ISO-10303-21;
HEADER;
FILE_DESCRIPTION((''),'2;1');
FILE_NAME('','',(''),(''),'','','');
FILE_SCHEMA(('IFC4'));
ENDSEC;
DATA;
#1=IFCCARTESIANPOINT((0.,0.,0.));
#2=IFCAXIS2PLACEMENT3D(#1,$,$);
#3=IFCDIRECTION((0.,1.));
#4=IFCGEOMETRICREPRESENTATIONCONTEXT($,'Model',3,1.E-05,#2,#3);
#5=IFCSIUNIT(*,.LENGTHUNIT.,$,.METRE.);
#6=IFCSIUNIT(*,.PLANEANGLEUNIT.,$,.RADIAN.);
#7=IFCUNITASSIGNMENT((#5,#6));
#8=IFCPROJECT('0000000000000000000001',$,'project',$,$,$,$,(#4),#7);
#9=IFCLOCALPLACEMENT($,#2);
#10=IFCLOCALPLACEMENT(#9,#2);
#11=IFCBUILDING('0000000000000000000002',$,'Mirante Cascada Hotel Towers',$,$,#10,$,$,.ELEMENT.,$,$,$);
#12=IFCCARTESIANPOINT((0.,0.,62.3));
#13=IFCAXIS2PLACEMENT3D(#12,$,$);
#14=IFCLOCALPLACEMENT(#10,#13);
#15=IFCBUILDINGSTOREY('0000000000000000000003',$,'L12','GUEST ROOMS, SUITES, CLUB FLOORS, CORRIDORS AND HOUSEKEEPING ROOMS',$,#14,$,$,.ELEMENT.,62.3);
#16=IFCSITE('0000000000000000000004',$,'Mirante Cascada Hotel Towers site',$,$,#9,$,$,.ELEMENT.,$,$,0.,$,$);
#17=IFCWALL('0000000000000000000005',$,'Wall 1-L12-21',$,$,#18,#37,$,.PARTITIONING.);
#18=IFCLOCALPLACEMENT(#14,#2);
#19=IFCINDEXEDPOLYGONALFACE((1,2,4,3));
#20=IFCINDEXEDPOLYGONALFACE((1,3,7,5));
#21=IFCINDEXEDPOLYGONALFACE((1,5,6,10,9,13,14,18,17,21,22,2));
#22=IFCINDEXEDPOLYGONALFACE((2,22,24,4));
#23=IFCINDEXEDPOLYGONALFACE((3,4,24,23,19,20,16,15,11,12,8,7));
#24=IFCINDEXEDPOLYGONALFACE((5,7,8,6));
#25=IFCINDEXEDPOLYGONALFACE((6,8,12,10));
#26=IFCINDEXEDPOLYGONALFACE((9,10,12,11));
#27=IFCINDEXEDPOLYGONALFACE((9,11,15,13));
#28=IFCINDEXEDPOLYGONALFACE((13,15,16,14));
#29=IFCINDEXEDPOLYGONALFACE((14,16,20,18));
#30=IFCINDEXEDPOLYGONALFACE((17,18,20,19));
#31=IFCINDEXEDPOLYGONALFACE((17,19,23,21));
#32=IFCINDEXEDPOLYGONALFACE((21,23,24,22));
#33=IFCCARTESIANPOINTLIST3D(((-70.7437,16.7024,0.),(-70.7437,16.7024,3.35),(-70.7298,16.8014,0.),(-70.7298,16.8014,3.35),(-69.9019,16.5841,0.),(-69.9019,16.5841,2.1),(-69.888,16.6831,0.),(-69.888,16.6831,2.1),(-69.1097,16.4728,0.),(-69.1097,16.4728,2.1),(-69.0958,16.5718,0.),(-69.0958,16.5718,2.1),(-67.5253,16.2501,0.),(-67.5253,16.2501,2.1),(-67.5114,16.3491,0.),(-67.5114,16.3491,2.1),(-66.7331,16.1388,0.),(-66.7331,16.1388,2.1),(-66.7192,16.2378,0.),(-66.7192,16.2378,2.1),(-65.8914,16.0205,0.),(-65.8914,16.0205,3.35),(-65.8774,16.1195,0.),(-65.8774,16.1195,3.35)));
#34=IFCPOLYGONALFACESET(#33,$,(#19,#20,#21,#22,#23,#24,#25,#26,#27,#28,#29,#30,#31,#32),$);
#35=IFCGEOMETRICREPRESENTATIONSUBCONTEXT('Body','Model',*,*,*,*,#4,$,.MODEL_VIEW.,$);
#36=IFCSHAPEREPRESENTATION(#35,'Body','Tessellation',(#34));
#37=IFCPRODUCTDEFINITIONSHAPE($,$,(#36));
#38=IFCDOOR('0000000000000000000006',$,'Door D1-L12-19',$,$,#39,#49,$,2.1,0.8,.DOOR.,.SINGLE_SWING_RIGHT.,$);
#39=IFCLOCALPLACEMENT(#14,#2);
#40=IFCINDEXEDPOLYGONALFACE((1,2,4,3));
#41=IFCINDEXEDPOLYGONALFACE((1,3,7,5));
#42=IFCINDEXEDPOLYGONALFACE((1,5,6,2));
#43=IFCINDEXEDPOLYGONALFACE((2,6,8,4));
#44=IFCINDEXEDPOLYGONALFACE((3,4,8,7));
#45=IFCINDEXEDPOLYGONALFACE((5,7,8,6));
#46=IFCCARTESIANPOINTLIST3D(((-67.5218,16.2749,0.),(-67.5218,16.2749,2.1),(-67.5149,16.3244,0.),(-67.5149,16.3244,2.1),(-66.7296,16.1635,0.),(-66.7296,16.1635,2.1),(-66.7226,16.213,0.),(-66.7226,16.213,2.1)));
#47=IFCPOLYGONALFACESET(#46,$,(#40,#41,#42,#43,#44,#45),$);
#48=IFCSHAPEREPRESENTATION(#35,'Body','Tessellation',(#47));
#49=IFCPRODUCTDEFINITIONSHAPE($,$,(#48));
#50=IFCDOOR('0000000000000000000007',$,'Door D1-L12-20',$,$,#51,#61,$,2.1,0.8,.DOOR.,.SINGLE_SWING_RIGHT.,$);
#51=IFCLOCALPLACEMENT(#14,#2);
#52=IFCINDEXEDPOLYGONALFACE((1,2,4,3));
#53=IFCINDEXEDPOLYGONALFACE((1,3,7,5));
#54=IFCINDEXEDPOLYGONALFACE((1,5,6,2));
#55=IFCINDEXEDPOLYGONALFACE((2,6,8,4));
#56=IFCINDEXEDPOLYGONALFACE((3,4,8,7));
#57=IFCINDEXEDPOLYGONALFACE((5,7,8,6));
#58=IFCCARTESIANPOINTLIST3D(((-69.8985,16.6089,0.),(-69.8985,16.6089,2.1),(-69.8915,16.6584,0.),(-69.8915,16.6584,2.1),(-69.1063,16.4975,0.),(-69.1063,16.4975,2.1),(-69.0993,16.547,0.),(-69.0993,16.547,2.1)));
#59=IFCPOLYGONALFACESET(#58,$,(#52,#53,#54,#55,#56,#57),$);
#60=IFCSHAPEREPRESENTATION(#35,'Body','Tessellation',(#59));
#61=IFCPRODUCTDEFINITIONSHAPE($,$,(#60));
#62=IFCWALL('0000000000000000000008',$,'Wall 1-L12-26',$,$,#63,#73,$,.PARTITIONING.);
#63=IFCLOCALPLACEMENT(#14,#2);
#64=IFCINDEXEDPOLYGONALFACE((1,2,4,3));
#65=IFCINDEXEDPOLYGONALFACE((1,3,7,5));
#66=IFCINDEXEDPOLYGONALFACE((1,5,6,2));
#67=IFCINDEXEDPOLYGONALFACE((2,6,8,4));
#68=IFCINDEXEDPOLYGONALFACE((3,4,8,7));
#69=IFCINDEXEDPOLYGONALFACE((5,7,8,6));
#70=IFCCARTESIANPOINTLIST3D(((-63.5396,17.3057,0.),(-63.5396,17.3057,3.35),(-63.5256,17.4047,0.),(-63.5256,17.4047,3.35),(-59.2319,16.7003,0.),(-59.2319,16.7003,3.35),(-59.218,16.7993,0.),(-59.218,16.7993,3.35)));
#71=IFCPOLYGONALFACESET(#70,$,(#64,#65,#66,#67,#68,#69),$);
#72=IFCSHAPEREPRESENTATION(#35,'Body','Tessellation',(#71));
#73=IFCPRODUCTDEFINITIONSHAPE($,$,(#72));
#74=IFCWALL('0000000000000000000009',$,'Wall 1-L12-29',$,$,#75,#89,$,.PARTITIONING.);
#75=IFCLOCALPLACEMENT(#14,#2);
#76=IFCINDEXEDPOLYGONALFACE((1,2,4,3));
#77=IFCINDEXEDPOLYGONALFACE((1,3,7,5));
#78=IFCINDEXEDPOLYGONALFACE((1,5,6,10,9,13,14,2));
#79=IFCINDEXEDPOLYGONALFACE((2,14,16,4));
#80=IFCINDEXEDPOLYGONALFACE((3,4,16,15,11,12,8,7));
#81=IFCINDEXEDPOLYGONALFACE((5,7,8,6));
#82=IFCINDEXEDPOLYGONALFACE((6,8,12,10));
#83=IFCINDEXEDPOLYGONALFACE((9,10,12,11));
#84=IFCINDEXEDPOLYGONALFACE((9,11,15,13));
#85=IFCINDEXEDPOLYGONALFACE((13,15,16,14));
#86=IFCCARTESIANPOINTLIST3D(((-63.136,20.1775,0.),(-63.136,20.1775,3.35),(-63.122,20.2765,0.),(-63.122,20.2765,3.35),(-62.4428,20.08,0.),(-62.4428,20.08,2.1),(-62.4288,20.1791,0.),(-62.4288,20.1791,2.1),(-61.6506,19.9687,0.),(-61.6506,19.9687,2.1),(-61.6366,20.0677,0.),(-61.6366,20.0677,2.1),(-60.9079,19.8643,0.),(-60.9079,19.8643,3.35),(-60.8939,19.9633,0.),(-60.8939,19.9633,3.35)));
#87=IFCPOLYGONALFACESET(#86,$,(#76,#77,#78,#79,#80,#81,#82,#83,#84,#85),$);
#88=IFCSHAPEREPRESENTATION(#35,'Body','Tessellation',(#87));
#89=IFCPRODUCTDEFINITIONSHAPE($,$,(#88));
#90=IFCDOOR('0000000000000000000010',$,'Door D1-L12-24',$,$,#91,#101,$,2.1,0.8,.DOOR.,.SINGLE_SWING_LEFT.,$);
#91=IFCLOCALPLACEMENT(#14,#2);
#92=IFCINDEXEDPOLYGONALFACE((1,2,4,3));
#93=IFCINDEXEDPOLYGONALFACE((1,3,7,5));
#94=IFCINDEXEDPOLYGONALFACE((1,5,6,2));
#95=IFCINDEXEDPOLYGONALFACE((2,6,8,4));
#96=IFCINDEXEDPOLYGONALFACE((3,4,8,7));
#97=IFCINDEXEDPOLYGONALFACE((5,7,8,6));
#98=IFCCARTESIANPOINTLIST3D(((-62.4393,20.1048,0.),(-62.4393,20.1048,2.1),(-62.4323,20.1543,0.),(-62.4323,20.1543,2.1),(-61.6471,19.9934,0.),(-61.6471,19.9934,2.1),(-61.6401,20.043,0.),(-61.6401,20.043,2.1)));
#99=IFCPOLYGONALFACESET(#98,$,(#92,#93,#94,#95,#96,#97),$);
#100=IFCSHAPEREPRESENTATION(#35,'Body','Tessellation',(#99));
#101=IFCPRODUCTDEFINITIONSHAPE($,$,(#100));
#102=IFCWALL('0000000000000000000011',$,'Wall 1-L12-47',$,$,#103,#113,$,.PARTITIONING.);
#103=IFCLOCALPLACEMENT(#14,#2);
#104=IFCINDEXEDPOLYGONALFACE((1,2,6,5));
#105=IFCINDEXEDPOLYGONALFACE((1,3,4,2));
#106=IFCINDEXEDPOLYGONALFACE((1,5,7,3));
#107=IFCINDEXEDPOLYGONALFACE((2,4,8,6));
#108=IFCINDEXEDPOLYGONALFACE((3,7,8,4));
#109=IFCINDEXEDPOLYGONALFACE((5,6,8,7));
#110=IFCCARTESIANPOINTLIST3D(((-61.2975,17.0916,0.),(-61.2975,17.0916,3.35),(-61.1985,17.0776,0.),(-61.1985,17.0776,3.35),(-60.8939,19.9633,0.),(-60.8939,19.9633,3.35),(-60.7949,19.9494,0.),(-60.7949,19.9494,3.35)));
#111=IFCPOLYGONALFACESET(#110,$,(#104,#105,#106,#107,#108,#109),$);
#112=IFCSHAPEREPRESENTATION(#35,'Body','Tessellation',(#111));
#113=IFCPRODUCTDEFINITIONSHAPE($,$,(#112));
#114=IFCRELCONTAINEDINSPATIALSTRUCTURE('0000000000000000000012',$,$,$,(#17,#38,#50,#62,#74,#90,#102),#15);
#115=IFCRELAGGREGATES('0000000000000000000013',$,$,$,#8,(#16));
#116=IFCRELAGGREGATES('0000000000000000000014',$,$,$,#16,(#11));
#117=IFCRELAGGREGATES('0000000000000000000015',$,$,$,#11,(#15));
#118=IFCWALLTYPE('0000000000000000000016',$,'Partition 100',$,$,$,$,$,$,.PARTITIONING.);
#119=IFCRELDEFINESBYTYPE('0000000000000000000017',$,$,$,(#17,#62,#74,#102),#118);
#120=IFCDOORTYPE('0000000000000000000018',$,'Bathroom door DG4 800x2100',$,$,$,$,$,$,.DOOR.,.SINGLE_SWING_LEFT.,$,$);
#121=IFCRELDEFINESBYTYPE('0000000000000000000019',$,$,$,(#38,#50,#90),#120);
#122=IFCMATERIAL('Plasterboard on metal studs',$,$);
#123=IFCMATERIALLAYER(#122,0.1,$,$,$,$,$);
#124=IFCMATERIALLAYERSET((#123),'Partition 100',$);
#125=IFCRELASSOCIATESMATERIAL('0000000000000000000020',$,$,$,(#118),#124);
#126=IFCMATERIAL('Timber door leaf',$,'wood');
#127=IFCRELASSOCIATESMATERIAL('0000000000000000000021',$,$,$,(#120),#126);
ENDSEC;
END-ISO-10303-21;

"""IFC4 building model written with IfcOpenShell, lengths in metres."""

from ifc_helpers import new_model, si_unit, direction, frame, frame_2d, origin, place, context, subcontext, project, spatial, rectangle, extrude, material, layer, layer_set, type_object, element, fill, save


model = new_model("IFC4")

# Units and contexts
model_context = context("Model", 3, precision=1e-05, world=origin(), true_north=direction((0.0, 1.0)))
body_context = subcontext(model_context, "Body", "Model", "MODEL_VIEW")
ifc_project = project(units=[si_unit("LENGTHUNIT", "METRE"), si_unit("PLANEANGLEUNIT", "RADIAN")], contexts=[model_context])

# Site, building, storey
site_placement = place(None, origin())
site = spatial("IfcSite", under=ifc_project, at=site_placement, Name="Mirante Cascada Hotel Towers site", CompositionType="ELEMENT", RefElevation=0.0)
building_placement = place(site_placement, origin())
building = spatial("IfcBuilding", under=site, at=building_placement, Name="Mirante Cascada Hotel Towers", CompositionType="ELEMENT")
storey_placement = place(building_placement, frame((0.0, 0.0, 62.3)))
storey = spatial("IfcBuildingStorey", under=building, at=storey_placement, Name="L12", Description="GUEST ROOMS, SUITES, CLUB FLOORS, CORRIDORS AND HOUSEKEEPING ROOMS", CompositionType="ELEMENT", Elevation=62.3)

# Shared definitions
ifc_material_1 = material(Name="Plasterboard on metal studs")
ifc_layer_1 = layer(ifc_material_1, 0.1)
ifc_layer_set_1 = layer_set([ifc_layer_1], Name="Partition 100")
wall_type_1 = type_object("IfcWallType", Name="Partition 100", PredefinedType="PARTITIONING", material=ifc_layer_set_1)
ifc_material_2 = material(Name="Timber door leaf", Category="wood")
door_type = type_object("IfcDoorType", Name="Bathroom door DG4 800x2100", OperationType="SINGLE_SWING_LEFT", PredefinedType="DOOR", material=ifc_material_2)

# Wall, openings, doors
wall_1_placement = place(storey_placement, frame((-65.8844, 16.07, 0.0), z_axis=(0.0, 0.0, 1.0), x_axis=(-0.990269, 0.139164, 0.0)))
wall_1 = element("IfcWall", 1, at=wall_1_placement, inside=storey, type_object=wall_type_1, Name="Wall 1-L12-21", PredefinedType="PARTITIONING", context=body_context, shape_type="SweptSolid", body=[
    extrude(rectangle(XDim=4.9, YDim=0.1, at=frame_2d((2.45, 0.0))), origin(), (0.0, 0.0, 1.0), 3.35),
])
opening_1_placement = place(wall_1_placement, frame((0.85, 0.0, 0.0)))
opening_1 = element("IfcOpeningElement", 2, at=opening_1_placement, cuts=wall_1, PredefinedType="OPENING", context=body_context, shape_type="SweptSolid", body=[
    extrude(rectangle(XDim=0.8, YDim=2.1, at=frame_2d((0.4, 1.05))), frame((0.0, 0.05, 0.0), z_axis=(0.0, -1.0, 0.0), x_axis=(1.0, 0.0, 0.0)), (0.0, 0.0, 1.0), 0.1),
])
opening_2_placement = place(wall_1_placement, frame((3.25, 0.0, 0.0)))
opening_2 = element("IfcOpeningElement", 3, at=opening_2_placement, cuts=wall_1, PredefinedType="OPENING", context=body_context, shape_type="SweptSolid", body=[
    extrude(rectangle(XDim=0.8, YDim=2.1, at=frame_2d((0.4, 1.05))), frame((0.0, 0.05, 0.0), z_axis=(0.0, -1.0, 0.0), x_axis=(1.0, 0.0, 0.0)), (0.0, 0.0, 1.0), 0.1),
])
door_1_placement = place(opening_1_placement, frame((0.8, 0.0, 0.0), z_axis=(0.0, 0.0, 1.0), x_axis=(-1.0, 0.0, 0.0)))
door_1 = element("IfcDoor", 4, at=door_1_placement, inside=storey, type_object=door_type, Name="Door D1-L12-19", OperationType="SINGLE_SWING_RIGHT", OverallHeight=2.1, OverallWidth=0.8, PredefinedType="DOOR", context=body_context, shape_type="SweptSolid", body=[
    extrude(rectangle(XDim=0.8, YDim=2.1, at=frame_2d((0.4, 1.05))), frame((0.0, 0.025, 0.0), z_axis=(0.0, -1.0, 0.0), x_axis=(1.0, 0.0, 0.0)), (0.0, 0.0, 1.0), 0.05),
])
fill(opening_1, door_1)
door_2_placement = place(opening_2_placement, frame((0.8, 0.0, 0.0), z_axis=(0.0, 0.0, 1.0), x_axis=(-1.0, 0.0, 0.0)))
door_2 = element("IfcDoor", 5, at=door_2_placement, inside=storey, type_object=door_type, Name="Door D1-L12-20", OperationType="SINGLE_SWING_RIGHT", OverallHeight=2.1, OverallWidth=0.8, PredefinedType="DOOR", context=body_context, shape_type="SweptSolid", body=[
    extrude(rectangle(XDim=0.8, YDim=2.1, at=frame_2d((0.4, 1.05))), frame((0.0, 0.025, 0.0), z_axis=(0.0, -1.0, 0.0), x_axis=(1.0, 0.0, 0.0)), (0.0, 0.0, 1.0), 0.05),
])
fill(opening_2, door_2)

# Wall
wall_2_placement = place(storey_placement, frame((-63.5326, 17.3552, 0.0), z_axis=(0.0, 0.0, 1.0), x_axis=(0.990268, -0.139171, 0.0)))
element("IfcWall", 6, at=wall_2_placement, inside=storey, type_object=wall_type_1, Name="Wall 1-L12-26", PredefinedType="PARTITIONING", context=body_context, shape_type="SweptSolid", body=[
    extrude(rectangle(XDim=4.35, YDim=0.1, at=frame_2d((2.175, 0.0))), origin(), (0.0, 0.0, 1.0), 3.35),
])

# Wall, opening, door
wall_3_placement = place(storey_placement, frame((-60.9009, 19.9138, 0.0), z_axis=(0.0, 0.0, 1.0), x_axis=(-0.990264, 0.1392, 0.0)))
wall_3 = element("IfcWall", 7, at=wall_3_placement, inside=storey, type_object=wall_type_1, Name="Wall 1-L12-29", PredefinedType="PARTITIONING", context=body_context, shape_type="SweptSolid", body=[
    extrude(rectangle(XDim=2.25, YDim=0.1, at=frame_2d((1.125, 0.0))), origin(), (0.0, 0.0, 1.0), 3.35),
])
opening_3_placement = place(wall_3_placement, frame((0.75, 0.0, 0.0)))
opening_3 = element("IfcOpeningElement", 8, at=opening_3_placement, cuts=wall_3, PredefinedType="OPENING", context=body_context, shape_type="SweptSolid", body=[
    extrude(rectangle(XDim=0.8, YDim=2.1, at=frame_2d((0.4, 1.05))), frame((0.0, 0.05, 0.0), z_axis=(0.0, -1.0, 0.0), x_axis=(1.0, 0.0, 0.0)), (0.0, 0.0, 1.0), 0.1),
])
door_3_placement = place(opening_3_placement, origin())
door_3 = element("IfcDoor", 9, at=door_3_placement, inside=storey, type_object=door_type, Name="Door D1-L12-24", OperationType="SINGLE_SWING_LEFT", OverallHeight=2.1, OverallWidth=0.8, PredefinedType="DOOR", context=body_context, shape_type="SweptSolid", body=[
    extrude(rectangle(XDim=0.8, YDim=2.1, at=frame_2d((0.4, 1.05))), frame((0.0, 0.025, 0.0), z_axis=(0.0, -1.0, 0.0), x_axis=(1.0, 0.0, 0.0)), (0.0, 0.0, 1.0), 0.05),
])
fill(opening_3, door_3)

# Wall
wall_4_placement = place(storey_placement, frame((-61.248, 17.0846, 0.0), z_axis=(0.0, 0.0, 1.0), x_axis=(0.139171, 0.990268, 0.0)))
element("IfcWall", 10, at=wall_4_placement, inside=storey, type_object=wall_type_1, Name="Wall 1-L12-47", PredefinedType="PARTITIONING", context=body_context, shape_type="SweptSolid", body=[
    extrude(rectangle(XDim=2.9, YDim=0.1, at=frame_2d((1.45, 0.0))), origin(), (0.0, 0.0, 1.0), 3.35),
])

save(model, "model.ifc")
